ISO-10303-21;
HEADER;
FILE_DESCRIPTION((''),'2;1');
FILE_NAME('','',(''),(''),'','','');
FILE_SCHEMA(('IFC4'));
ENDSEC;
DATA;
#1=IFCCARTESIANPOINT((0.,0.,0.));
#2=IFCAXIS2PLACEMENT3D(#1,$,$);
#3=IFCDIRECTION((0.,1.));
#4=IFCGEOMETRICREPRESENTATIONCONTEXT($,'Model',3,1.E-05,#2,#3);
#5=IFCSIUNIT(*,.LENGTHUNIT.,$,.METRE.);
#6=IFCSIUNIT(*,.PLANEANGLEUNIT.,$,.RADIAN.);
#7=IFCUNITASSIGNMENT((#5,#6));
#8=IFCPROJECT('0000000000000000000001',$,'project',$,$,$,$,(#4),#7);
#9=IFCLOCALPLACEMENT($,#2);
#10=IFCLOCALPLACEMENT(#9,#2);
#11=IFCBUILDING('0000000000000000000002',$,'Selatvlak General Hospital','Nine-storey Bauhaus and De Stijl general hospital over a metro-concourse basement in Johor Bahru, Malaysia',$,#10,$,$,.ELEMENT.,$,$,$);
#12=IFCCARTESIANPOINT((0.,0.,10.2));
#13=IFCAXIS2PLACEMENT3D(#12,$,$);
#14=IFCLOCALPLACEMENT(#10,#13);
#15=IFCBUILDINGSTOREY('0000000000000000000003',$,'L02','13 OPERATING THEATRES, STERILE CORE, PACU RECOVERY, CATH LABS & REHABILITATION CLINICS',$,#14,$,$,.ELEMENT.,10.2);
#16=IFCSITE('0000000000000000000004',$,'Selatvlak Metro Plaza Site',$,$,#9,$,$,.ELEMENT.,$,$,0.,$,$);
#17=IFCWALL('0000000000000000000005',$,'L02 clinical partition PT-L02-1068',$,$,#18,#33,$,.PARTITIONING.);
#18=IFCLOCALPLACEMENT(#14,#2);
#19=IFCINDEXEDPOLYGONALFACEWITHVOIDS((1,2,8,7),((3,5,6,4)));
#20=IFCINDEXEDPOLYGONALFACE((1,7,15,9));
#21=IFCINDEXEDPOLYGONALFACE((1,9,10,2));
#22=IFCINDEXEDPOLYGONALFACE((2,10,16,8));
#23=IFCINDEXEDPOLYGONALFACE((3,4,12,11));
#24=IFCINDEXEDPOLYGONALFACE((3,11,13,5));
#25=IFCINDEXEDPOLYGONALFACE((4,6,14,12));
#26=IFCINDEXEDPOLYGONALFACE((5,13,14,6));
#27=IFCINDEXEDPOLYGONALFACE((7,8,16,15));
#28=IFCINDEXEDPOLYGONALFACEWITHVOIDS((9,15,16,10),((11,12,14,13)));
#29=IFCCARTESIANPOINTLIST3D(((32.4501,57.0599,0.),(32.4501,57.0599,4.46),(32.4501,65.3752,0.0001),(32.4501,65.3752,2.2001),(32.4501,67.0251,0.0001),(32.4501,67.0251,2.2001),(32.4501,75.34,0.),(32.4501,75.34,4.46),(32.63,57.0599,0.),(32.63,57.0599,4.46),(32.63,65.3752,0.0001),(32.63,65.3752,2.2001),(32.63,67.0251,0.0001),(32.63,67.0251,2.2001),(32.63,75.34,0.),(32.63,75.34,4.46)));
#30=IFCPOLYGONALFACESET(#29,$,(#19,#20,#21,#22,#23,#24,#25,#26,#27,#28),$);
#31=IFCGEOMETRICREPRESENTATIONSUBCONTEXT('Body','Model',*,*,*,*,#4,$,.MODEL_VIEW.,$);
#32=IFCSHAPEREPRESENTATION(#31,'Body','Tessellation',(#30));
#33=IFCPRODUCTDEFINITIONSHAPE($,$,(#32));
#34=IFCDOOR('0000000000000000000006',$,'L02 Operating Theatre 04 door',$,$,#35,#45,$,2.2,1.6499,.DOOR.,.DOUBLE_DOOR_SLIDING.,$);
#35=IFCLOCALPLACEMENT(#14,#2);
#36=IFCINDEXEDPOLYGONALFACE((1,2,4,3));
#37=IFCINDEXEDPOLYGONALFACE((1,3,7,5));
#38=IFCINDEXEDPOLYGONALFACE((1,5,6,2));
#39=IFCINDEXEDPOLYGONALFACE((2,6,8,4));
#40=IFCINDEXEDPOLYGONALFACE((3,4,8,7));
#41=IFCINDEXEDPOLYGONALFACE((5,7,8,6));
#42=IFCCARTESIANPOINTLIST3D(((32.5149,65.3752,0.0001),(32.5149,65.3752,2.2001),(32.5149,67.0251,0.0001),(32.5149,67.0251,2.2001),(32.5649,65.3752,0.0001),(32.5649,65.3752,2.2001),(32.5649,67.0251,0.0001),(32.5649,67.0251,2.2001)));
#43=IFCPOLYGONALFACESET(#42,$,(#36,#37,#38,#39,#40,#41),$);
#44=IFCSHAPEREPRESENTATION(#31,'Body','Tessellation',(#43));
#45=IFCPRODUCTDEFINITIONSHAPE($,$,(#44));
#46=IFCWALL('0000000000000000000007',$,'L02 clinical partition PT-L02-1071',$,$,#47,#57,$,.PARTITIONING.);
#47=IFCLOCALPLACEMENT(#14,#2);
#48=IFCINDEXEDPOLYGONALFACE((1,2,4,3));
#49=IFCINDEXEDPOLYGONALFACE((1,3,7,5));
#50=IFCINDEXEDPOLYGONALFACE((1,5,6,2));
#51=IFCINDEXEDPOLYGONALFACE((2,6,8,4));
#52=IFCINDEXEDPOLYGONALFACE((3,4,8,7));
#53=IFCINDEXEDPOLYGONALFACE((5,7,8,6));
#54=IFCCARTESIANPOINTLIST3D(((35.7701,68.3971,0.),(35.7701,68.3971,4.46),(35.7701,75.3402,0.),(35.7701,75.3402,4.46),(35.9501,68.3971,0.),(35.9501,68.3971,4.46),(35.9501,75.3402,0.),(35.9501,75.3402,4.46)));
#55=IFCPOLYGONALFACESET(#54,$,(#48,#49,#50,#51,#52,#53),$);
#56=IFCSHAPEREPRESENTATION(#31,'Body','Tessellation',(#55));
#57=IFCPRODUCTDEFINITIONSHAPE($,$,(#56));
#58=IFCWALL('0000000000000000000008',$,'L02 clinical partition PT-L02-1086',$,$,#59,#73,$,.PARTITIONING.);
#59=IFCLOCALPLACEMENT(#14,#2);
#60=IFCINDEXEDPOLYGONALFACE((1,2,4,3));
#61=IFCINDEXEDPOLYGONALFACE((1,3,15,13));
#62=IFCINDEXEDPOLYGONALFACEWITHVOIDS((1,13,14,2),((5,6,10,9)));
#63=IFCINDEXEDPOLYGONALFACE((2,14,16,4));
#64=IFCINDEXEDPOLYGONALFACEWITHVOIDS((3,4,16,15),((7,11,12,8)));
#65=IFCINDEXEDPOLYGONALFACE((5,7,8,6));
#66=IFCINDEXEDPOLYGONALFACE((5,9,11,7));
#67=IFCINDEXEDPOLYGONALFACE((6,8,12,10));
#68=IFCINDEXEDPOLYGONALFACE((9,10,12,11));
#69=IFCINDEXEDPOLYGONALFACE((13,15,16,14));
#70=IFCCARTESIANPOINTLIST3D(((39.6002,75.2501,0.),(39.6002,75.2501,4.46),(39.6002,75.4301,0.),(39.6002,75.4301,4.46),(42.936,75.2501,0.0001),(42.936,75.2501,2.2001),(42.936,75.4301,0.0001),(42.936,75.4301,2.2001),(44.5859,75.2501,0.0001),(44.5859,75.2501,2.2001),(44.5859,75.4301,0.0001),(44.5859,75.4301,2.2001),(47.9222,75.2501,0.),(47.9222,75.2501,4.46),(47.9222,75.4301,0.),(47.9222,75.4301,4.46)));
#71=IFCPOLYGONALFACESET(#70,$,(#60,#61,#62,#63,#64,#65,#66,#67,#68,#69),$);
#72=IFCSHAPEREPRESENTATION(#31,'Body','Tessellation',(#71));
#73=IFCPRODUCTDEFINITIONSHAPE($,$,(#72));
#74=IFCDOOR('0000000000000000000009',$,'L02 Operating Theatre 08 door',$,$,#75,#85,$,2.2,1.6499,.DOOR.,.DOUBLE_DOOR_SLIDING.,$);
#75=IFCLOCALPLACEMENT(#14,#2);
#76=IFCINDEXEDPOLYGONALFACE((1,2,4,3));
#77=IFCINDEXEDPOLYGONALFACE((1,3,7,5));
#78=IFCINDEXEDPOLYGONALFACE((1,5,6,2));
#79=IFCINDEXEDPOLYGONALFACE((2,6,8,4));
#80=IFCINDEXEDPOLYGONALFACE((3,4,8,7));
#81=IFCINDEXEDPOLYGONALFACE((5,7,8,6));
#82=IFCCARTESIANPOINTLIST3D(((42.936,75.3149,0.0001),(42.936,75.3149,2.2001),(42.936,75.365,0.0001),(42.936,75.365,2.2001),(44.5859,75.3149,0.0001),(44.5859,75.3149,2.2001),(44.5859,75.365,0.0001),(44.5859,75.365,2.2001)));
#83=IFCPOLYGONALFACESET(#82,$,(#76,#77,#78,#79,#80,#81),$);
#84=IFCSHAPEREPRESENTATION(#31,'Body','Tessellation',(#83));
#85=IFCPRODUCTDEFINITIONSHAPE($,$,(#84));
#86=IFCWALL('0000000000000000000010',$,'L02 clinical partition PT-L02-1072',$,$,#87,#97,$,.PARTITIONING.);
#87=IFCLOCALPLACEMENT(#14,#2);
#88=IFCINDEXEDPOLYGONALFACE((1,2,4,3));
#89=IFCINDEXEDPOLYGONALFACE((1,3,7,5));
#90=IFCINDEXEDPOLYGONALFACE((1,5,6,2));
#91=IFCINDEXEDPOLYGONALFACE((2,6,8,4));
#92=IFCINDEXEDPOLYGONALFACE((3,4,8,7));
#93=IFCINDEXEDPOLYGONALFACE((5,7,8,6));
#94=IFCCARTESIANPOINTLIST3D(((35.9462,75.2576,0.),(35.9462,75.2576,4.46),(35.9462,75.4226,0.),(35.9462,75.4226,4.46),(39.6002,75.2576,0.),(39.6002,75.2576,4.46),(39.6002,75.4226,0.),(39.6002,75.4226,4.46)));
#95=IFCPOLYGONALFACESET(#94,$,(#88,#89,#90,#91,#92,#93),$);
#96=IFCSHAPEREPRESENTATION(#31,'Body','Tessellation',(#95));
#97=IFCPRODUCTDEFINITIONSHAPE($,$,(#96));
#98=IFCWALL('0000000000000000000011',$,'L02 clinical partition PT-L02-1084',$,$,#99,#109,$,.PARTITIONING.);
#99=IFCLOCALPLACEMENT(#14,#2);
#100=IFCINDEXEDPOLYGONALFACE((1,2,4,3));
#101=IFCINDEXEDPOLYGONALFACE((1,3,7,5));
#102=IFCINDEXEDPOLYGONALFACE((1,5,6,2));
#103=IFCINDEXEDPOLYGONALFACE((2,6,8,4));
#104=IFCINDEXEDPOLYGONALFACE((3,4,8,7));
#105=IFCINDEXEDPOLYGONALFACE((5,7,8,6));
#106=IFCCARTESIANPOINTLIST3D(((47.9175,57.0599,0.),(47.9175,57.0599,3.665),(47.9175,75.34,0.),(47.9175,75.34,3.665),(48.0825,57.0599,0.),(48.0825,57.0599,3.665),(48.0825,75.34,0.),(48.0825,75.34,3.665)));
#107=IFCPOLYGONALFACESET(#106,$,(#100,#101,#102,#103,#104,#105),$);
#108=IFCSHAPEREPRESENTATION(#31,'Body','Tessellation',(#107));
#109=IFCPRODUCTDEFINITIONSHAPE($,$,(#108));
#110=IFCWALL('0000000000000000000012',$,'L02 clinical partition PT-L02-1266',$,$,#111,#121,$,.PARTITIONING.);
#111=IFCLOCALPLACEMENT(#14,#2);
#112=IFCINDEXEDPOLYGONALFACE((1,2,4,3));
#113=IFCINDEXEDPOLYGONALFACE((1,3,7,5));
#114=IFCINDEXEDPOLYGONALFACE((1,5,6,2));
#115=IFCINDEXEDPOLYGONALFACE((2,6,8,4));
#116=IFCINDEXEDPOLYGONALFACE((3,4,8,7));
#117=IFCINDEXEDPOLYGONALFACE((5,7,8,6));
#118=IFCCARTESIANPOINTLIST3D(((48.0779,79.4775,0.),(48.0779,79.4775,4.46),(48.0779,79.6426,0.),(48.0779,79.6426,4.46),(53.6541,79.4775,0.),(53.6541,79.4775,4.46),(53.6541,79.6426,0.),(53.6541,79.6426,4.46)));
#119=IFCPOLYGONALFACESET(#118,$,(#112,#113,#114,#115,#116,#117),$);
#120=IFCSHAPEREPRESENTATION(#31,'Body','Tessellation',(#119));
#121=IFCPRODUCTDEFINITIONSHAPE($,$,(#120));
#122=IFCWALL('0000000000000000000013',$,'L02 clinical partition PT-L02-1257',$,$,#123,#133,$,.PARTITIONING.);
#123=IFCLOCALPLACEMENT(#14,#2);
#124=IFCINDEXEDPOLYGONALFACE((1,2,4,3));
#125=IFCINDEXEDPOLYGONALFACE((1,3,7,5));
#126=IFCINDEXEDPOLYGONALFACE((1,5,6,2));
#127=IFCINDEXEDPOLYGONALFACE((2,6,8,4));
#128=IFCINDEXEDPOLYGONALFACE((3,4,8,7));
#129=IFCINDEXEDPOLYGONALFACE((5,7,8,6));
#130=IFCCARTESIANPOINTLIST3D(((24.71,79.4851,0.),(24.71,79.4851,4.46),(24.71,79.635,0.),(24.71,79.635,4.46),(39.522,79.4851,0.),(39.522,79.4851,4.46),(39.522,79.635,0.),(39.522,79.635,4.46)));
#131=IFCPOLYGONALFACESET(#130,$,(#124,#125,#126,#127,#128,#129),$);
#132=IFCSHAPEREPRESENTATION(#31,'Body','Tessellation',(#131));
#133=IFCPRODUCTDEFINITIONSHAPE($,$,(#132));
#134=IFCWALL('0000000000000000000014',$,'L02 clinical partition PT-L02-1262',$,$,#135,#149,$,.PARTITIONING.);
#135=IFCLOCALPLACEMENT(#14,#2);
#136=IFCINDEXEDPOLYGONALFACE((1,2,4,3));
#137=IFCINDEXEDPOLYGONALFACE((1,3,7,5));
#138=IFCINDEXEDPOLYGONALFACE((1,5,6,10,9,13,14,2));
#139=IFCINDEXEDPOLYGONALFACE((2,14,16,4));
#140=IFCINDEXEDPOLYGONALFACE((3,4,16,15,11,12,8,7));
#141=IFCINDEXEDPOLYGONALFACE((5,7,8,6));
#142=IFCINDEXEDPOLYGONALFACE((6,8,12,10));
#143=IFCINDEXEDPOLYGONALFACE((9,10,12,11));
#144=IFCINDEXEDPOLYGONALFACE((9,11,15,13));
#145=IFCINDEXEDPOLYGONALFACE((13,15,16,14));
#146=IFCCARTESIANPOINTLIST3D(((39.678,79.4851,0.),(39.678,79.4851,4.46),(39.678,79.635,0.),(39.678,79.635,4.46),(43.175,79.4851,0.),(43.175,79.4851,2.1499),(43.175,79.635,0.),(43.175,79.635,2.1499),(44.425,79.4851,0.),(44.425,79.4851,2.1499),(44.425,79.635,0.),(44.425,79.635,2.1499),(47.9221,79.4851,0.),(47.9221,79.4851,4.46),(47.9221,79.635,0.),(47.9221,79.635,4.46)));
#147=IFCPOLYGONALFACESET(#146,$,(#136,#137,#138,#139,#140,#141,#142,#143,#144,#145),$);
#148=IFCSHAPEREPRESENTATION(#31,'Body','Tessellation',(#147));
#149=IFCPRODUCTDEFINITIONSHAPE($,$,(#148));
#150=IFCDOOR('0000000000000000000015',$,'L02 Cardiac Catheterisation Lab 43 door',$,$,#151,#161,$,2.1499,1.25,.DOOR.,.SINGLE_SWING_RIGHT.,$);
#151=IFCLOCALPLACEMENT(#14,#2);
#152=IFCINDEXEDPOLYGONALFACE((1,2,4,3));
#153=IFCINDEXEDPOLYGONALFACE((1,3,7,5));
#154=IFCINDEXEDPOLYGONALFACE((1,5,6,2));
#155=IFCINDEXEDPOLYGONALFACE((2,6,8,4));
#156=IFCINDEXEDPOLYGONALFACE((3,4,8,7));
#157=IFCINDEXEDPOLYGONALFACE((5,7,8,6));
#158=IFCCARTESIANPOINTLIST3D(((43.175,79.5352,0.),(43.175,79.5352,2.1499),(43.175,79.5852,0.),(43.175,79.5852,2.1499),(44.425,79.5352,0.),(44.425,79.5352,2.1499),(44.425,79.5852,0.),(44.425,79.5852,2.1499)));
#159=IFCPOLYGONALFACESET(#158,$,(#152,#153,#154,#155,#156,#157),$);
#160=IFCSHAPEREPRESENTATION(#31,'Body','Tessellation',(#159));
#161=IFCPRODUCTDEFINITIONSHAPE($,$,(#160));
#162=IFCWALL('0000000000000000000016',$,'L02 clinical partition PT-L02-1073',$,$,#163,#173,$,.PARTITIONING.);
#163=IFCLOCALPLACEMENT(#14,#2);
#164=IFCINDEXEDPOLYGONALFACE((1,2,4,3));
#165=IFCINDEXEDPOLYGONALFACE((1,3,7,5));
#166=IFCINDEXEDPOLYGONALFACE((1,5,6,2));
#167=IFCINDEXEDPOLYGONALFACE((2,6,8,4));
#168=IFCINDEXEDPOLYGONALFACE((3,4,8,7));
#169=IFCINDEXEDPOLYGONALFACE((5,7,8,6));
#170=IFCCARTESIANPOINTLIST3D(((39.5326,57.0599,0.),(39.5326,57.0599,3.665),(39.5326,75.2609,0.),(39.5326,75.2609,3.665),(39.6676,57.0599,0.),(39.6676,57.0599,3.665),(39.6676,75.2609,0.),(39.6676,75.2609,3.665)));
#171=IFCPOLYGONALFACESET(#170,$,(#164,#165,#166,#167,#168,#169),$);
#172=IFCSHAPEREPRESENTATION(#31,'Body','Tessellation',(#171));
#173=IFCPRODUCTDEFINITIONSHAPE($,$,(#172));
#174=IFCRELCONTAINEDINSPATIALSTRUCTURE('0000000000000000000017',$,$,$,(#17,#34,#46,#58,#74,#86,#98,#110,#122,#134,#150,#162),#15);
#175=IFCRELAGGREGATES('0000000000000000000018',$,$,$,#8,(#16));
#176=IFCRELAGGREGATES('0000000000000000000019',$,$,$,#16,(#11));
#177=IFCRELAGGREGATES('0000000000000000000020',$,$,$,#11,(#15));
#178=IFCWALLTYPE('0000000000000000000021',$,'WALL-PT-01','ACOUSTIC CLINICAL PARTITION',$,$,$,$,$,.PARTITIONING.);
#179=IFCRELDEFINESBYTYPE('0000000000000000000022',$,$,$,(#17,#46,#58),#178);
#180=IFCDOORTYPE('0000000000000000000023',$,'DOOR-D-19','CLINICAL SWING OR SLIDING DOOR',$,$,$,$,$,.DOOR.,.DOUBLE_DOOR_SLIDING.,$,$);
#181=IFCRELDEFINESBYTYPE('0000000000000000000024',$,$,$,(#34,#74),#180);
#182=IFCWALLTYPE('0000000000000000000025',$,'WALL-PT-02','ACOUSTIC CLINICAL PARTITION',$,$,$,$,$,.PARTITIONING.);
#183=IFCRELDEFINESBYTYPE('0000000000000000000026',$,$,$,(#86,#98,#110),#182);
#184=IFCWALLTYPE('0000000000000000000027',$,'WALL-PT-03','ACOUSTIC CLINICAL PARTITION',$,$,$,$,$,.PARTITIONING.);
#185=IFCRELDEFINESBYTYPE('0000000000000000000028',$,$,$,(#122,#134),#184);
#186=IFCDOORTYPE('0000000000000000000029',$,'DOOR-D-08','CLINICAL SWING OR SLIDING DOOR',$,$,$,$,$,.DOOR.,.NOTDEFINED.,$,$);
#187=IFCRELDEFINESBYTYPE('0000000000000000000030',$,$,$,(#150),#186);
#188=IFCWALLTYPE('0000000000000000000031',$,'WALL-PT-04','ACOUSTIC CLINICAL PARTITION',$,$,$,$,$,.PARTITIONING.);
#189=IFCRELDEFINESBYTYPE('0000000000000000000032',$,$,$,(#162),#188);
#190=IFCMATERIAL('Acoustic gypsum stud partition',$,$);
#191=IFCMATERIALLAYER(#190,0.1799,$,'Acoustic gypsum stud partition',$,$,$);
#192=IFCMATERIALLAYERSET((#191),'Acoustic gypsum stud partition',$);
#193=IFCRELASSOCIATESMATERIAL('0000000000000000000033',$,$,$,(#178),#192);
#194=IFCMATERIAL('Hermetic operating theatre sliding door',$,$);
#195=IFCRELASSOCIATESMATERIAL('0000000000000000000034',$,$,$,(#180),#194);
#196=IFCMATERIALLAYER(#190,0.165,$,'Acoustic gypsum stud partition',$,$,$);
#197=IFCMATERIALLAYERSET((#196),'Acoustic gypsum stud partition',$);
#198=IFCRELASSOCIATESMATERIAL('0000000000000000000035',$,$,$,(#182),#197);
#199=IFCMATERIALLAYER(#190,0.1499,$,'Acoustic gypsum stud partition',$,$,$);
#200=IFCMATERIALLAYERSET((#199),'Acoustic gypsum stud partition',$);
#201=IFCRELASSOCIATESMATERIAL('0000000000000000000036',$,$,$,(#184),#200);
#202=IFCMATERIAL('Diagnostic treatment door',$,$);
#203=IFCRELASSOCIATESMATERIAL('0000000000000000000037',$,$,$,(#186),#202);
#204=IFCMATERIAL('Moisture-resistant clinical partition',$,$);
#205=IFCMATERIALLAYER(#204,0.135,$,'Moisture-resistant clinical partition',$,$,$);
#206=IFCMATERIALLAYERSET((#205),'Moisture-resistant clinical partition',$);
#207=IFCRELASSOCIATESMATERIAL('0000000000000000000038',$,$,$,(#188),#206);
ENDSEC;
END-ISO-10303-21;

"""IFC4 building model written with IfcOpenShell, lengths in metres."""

from ifc_helpers import new_model, si_unit, direction, frame, frame_2d, origin, place, context, subcontext, project, spatial, rectangle, extrude, material, layer, layer_set, type_object, element, fill, save


model = new_model("IFC4")

# Units and contexts
model_context = context("Model", 3, precision=1e-05, world=origin(), true_north=direction((0.0, 1.0)))
body_context = subcontext(model_context, "Body", "Model", "MODEL_VIEW")
ifc_project = project(units=[si_unit("LENGTHUNIT", "METRE"), si_unit("PLANEANGLEUNIT", "RADIAN")], contexts=[model_context])

# Site, building, storey
site_placement = place(None, origin())
site = spatial("IfcSite", under=ifc_project, at=site_placement, Name="Selatvlak Metro Plaza Site", CompositionType="ELEMENT", RefElevation=0.0)
building_placement = place(site_placement, origin())
building = spatial("IfcBuilding", under=site, at=building_placement, Name="Selatvlak General Hospital", Description="Nine-storey Bauhaus and De Stijl general hospital over a metro-concourse basement in Johor Bahru, Malaysia", CompositionType="ELEMENT")
storey_placement = place(building_placement, frame((0.0, 0.0, 10.2)))
storey = spatial("IfcBuildingStorey", under=building, at=storey_placement, Name="L02", Description="13 OPERATING THEATRES, STERILE CORE, PACU RECOVERY, CATH LABS & REHABILITATION CLINICS", CompositionType="ELEMENT", Elevation=10.2)

# Wall, opening, door
ifc_material_1 = material(Name="Acoustic gypsum stud partition")
ifc_layer_1 = layer(ifc_material_1, 0.1799, Name="Acoustic gypsum stud partition")
ifc_layer_set_1 = layer_set([ifc_layer_1], Name="Acoustic gypsum stud partition")
wall_type_1 = type_object("IfcWallType", Name="WALL-PT-01", Description="ACOUSTIC CLINICAL PARTITION", PredefinedType="PARTITIONING", material=ifc_layer_set_1)
wall_1_placement = place(storey_placement, frame((32.54, 75.3401, 0.0), z_axis=(0.0, 0.0, 1.0), x_axis=(0.0, -1.0, 0.0)))
wall_1 = element("IfcWall", 1, at=wall_1_placement, inside=storey, type_object=wall_type_1, Name="L02 clinical partition PT-L02-1068", PredefinedType="PARTITIONING", context=body_context, shape_type="SweptSolid", body=[
    extrude(rectangle(XDim=18.28, YDim=0.1799, at=frame_2d((9.1401, 0.0))), origin(), (0.0, 0.0, 1.0), 4.46),
])
opening_1_placement = place(wall_1_placement, frame((8.3149, 0.0, 0.0)))
opening_1 = element("IfcOpeningElement", 2, at=opening_1_placement, cuts=wall_1, PredefinedType="OPENING", context=body_context, shape_type="SweptSolid", body=[
    extrude(rectangle(XDim=1.6499, YDim=2.2, at=frame_2d((0.825, 1.1001))), frame((0.0, 0.0999, 0.0), z_axis=(0.0, -1.0, 0.0), x_axis=(1.0, 0.0, 0.0)), (0.0, 0.0, 1.0), 0.2),
])
ifc_material_2 = material(Name="Hermetic operating theatre sliding door")
door_type_1 = type_object("IfcDoorType", Name="DOOR-D-19", Description="CLINICAL SWING OR SLIDING DOOR", OperationType="DOUBLE_DOOR_SLIDING", PredefinedType="DOOR", material=ifc_material_2)
door_1_placement = place(opening_1_placement, origin())
door_1 = element("IfcDoor", 3, at=door_1_placement, inside=storey, type_object=door_type_1, Name="L02 Operating Theatre 04 door", OperationType="DOUBLE_DOOR_SLIDING", OverallHeight=2.2, OverallWidth=1.6499, PredefinedType="DOOR", context=body_context, shape_type="SweptSolid", body=[
    extrude(rectangle(XDim=1.6499, YDim=2.2, at=frame_2d((0.825, 1.1001))), frame((0.0, 0.0249, 0.0), z_axis=(0.0, -1.0, 0.0), x_axis=(1.0, 0.0, 0.0)), (0.0, 0.0, 1.0), 0.05),
])
fill(opening_1, door_1)

# Wall
wall_2_placement = place(storey_placement, frame((35.8601, 68.397, 0.0), z_axis=(0.0, 0.0, 1.0), x_axis=(0.0, 1.0, 0.0)))
element("IfcWall", 4, at=wall_2_placement, inside=storey, type_object=wall_type_1, Name="L02 clinical partition PT-L02-1071", PredefinedType="PARTITIONING", context=body_context, shape_type="SweptSolid", body=[
    extrude(rectangle(XDim=6.9431, YDim=0.1799, at=frame_2d((3.4717, 0.0))), origin(), (0.0, 0.0, 1.0), 4.46),
])

# Wall, opening, door
wall_3_placement = place(storey_placement, frame((39.6001, 75.3401, 0.0), z_axis=(0.0, 0.0, 1.0), x_axis=(1.0, 0.0, 0.0)))
wall_3 = element("IfcWall", 5, at=wall_3_placement, inside=storey, type_object=wall_type_1, Name="L02 clinical partition PT-L02-1086", PredefinedType="PARTITIONING", context=body_context, shape_type="SweptSolid", body=[
    extrude(rectangle(XDim=8.322, YDim=0.1799, at=frame_2d((4.1611, 0.0))), origin(), (0.0, 0.0, 1.0), 4.46),
])
opening_2_placement = place(wall_3_placement, frame((3.3359, 0.0, 0.0)))
opening_2 = element("IfcOpeningElement", 6, at=opening_2_placement, cuts=wall_3, PredefinedType="OPENING", context=body_context, shape_type="SweptSolid", body=[
    extrude(rectangle(XDim=1.6499, YDim=2.2, at=frame_2d((0.825, 1.1001))), frame((0.0, 0.0999, 0.0), z_axis=(0.0, -1.0, 0.0), x_axis=(1.0, 0.0, 0.0)), (0.0, 0.0, 1.0), 0.2),
])
door_2_placement = place(opening_2_placement, origin())
door_2 = element("IfcDoor", 7, at=door_2_placement, inside=storey, type_object=door_type_1, Name="L02 Operating Theatre 08 door", OperationType="DOUBLE_DOOR_SLIDING", OverallHeight=2.2, OverallWidth=1.6499, PredefinedType="DOOR", context=body_context, shape_type="SweptSolid", body=[
    extrude(rectangle(XDim=1.6499, YDim=2.2, at=frame_2d((0.825, 1.1001))), frame((0.0, 0.0249, 0.0), z_axis=(0.0, -1.0, 0.0), x_axis=(1.0, 0.0, 0.0)), (0.0, 0.0, 1.0), 0.05),
])
fill(opening_2, door_2)

# Walls
ifc_layer_2 = layer(ifc_material_1, 0.165, Name="Acoustic gypsum stud partition")
ifc_layer_set_2 = layer_set([ifc_layer_2], Name="Acoustic gypsum stud partition")
wall_type_2 = type_object("IfcWallType", Name="WALL-PT-02", Description="ACOUSTIC CLINICAL PARTITION", PredefinedType="PARTITIONING", material=ifc_layer_set_2)
wall_4_placement = place(storey_placement, frame((35.946, 75.3401, 0.0), z_axis=(0.0, 0.0, 1.0), x_axis=(1.0, 0.0, 0.0)))
element("IfcWall", 8, at=wall_4_placement, inside=storey, type_object=wall_type_2, Name="L02 clinical partition PT-L02-1072", PredefinedType="PARTITIONING", context=body_context, shape_type="SweptSolid", body=[
    extrude(rectangle(XDim=3.6541, YDim=0.165, at=frame_2d((1.8271, 0.0))), origin(), (0.0, 0.0, 1.0), 4.46),
])
wall_5_placement = place(storey_placement, frame((48.0, 75.3401, 0.0), z_axis=(0.0, 0.0, 1.0), x_axis=(0.0, -1.0, 0.0)))
element("IfcWall", 9, at=wall_5_placement, inside=storey, type_object=wall_type_2, Name="L02 clinical partition PT-L02-1084", PredefinedType="PARTITIONING", context=body_context, shape_type="SweptSolid", body=[
    extrude(rectangle(XDim=18.28, YDim=0.165, at=frame_2d((9.1401, 0.0))), origin(), (0.0, 0.0, 1.0), 3.665),
])
wall_6_placement = place(storey_placement, frame((53.6541, 79.5601, 0.0), z_axis=(0.0, 0.0, 1.0), x_axis=(-1.0, 0.0, 0.0)))
element("IfcWall", 10, at=wall_6_placement, inside=storey, type_object=wall_type_2, Name="L02 clinical partition PT-L02-1266", PredefinedType="PARTITIONING", context=body_context, shape_type="SweptSolid", body=[
    extrude(rectangle(XDim=5.5762, YDim=0.165, at=frame_2d((2.7881, 0.0))), origin(), (0.0, 0.0, 1.0), 4.46),
])
ifc_layer_3 = layer(ifc_material_1, 0.1499, Name="Acoustic gypsum stud partition")
ifc_layer_set_3 = layer_set([ifc_layer_3], Name="Acoustic gypsum stud partition")
wall_type_3 = type_object("IfcWallType", Name="WALL-PT-03", Description="ACOUSTIC CLINICAL PARTITION", PredefinedType="PARTITIONING", material=ifc_layer_set_3)
wall_7_placement = place(storey_placement, frame((39.522, 79.5601, 0.0), z_axis=(0.0, 0.0, 1.0), x_axis=(-1.0, 0.0, 0.0)))
element("IfcWall", 11, at=wall_7_placement, inside=storey, type_object=wall_type_3, Name="L02 clinical partition PT-L02-1257", PredefinedType="PARTITIONING", context=body_context, shape_type="SweptSolid", body=[
    extrude(rectangle(XDim=14.812, YDim=0.1499, at=frame_2d((7.406, 0.0))), origin(), (0.0, 0.0, 1.0), 4.46),
])

# Wall, opening, door
wall_8_placement = place(storey_placement, frame((47.9221, 79.5601, 0.0), z_axis=(0.0, 0.0, 1.0), x_axis=(-1.0, 0.0, 0.0)))
wall_8 = element("IfcWall", 12, at=wall_8_placement, inside=storey, type_object=wall_type_3, Name="L02 clinical partition PT-L02-1262", PredefinedType="PARTITIONING", context=body_context, shape_type="SweptSolid", body=[
    extrude(rectangle(XDim=8.2441, YDim=0.1499, at=frame_2d((4.1221, 0.0))), origin(), (0.0, 0.0, 1.0), 4.46),
])
opening_3_placement = place(wall_8_placement, frame((3.4971, 0.0, 0.0)))
opening_3 = element("IfcOpeningElement", 13, at=opening_3_placement, cuts=wall_8, PredefinedType="OPENING", context=body_context, shape_type="SweptSolid", body=[
    extrude(rectangle(XDim=1.25, YDim=2.1499, at=frame_2d((0.625, 1.075))), frame((0.0, 0.085, 0.0), z_axis=(0.0, -1.0, 0.0), x_axis=(1.0, 0.0, 0.0)), (0.0, 0.0, 1.0), 0.1699),
])
ifc_material_3 = material(Name="Diagnostic treatment door")
door_type_2 = type_object("IfcDoorType", Name="DOOR-D-08", Description="CLINICAL SWING OR SLIDING DOOR", OperationType="NOTDEFINED", PredefinedType="DOOR", material=ifc_material_3)
door_3_placement = place(opening_3_placement, origin())
door_3 = element("IfcDoor", 14, at=door_3_placement, inside=storey, type_object=door_type_2, Name="L02 Cardiac Catheterisation Lab 43 door", OperationType="SINGLE_SWING_RIGHT", OverallHeight=2.1499, OverallWidth=1.25, PredefinedType="DOOR", context=body_context, shape_type="SweptSolid", body=[
    extrude(rectangle(XDim=1.25, YDim=2.1499, at=frame_2d((0.625, 1.075))), frame((0.0, 0.0249, 0.0), z_axis=(0.0, -1.0, 0.0), x_axis=(1.0, 0.0, 0.0)), (0.0, 0.0, 1.0), 0.05),
])
fill(opening_3, door_3)

# Wall
ifc_material_4 = material(Name="Moisture-resistant clinical partition")
ifc_layer_4 = layer(ifc_material_4, 0.135, Name="Moisture-resistant clinical partition")
ifc_layer_set_4 = layer_set([ifc_layer_4], Name="Moisture-resistant clinical partition")
wall_type_4 = type_object("IfcWallType", Name="WALL-PT-04", Description="ACOUSTIC CLINICAL PARTITION", PredefinedType="PARTITIONING", material=ifc_layer_set_4)
wall_9_placement = place(storey_placement, frame((39.6001, 75.261, 0.0), z_axis=(0.0, 0.0, 1.0), x_axis=(0.0, -1.0, 0.0)))
element("IfcWall", 15, at=wall_9_placement, inside=storey, type_object=wall_type_4, Name="L02 clinical partition PT-L02-1073", PredefinedType="PARTITIONING", context=body_context, shape_type="SweptSolid", body=[
    extrude(rectangle(XDim=18.2009, YDim=0.135, at=frame_2d((9.1006, 0.0))), origin(), (0.0, 0.0, 1.0), 3.665),
])

save(model, "model.ifc")
